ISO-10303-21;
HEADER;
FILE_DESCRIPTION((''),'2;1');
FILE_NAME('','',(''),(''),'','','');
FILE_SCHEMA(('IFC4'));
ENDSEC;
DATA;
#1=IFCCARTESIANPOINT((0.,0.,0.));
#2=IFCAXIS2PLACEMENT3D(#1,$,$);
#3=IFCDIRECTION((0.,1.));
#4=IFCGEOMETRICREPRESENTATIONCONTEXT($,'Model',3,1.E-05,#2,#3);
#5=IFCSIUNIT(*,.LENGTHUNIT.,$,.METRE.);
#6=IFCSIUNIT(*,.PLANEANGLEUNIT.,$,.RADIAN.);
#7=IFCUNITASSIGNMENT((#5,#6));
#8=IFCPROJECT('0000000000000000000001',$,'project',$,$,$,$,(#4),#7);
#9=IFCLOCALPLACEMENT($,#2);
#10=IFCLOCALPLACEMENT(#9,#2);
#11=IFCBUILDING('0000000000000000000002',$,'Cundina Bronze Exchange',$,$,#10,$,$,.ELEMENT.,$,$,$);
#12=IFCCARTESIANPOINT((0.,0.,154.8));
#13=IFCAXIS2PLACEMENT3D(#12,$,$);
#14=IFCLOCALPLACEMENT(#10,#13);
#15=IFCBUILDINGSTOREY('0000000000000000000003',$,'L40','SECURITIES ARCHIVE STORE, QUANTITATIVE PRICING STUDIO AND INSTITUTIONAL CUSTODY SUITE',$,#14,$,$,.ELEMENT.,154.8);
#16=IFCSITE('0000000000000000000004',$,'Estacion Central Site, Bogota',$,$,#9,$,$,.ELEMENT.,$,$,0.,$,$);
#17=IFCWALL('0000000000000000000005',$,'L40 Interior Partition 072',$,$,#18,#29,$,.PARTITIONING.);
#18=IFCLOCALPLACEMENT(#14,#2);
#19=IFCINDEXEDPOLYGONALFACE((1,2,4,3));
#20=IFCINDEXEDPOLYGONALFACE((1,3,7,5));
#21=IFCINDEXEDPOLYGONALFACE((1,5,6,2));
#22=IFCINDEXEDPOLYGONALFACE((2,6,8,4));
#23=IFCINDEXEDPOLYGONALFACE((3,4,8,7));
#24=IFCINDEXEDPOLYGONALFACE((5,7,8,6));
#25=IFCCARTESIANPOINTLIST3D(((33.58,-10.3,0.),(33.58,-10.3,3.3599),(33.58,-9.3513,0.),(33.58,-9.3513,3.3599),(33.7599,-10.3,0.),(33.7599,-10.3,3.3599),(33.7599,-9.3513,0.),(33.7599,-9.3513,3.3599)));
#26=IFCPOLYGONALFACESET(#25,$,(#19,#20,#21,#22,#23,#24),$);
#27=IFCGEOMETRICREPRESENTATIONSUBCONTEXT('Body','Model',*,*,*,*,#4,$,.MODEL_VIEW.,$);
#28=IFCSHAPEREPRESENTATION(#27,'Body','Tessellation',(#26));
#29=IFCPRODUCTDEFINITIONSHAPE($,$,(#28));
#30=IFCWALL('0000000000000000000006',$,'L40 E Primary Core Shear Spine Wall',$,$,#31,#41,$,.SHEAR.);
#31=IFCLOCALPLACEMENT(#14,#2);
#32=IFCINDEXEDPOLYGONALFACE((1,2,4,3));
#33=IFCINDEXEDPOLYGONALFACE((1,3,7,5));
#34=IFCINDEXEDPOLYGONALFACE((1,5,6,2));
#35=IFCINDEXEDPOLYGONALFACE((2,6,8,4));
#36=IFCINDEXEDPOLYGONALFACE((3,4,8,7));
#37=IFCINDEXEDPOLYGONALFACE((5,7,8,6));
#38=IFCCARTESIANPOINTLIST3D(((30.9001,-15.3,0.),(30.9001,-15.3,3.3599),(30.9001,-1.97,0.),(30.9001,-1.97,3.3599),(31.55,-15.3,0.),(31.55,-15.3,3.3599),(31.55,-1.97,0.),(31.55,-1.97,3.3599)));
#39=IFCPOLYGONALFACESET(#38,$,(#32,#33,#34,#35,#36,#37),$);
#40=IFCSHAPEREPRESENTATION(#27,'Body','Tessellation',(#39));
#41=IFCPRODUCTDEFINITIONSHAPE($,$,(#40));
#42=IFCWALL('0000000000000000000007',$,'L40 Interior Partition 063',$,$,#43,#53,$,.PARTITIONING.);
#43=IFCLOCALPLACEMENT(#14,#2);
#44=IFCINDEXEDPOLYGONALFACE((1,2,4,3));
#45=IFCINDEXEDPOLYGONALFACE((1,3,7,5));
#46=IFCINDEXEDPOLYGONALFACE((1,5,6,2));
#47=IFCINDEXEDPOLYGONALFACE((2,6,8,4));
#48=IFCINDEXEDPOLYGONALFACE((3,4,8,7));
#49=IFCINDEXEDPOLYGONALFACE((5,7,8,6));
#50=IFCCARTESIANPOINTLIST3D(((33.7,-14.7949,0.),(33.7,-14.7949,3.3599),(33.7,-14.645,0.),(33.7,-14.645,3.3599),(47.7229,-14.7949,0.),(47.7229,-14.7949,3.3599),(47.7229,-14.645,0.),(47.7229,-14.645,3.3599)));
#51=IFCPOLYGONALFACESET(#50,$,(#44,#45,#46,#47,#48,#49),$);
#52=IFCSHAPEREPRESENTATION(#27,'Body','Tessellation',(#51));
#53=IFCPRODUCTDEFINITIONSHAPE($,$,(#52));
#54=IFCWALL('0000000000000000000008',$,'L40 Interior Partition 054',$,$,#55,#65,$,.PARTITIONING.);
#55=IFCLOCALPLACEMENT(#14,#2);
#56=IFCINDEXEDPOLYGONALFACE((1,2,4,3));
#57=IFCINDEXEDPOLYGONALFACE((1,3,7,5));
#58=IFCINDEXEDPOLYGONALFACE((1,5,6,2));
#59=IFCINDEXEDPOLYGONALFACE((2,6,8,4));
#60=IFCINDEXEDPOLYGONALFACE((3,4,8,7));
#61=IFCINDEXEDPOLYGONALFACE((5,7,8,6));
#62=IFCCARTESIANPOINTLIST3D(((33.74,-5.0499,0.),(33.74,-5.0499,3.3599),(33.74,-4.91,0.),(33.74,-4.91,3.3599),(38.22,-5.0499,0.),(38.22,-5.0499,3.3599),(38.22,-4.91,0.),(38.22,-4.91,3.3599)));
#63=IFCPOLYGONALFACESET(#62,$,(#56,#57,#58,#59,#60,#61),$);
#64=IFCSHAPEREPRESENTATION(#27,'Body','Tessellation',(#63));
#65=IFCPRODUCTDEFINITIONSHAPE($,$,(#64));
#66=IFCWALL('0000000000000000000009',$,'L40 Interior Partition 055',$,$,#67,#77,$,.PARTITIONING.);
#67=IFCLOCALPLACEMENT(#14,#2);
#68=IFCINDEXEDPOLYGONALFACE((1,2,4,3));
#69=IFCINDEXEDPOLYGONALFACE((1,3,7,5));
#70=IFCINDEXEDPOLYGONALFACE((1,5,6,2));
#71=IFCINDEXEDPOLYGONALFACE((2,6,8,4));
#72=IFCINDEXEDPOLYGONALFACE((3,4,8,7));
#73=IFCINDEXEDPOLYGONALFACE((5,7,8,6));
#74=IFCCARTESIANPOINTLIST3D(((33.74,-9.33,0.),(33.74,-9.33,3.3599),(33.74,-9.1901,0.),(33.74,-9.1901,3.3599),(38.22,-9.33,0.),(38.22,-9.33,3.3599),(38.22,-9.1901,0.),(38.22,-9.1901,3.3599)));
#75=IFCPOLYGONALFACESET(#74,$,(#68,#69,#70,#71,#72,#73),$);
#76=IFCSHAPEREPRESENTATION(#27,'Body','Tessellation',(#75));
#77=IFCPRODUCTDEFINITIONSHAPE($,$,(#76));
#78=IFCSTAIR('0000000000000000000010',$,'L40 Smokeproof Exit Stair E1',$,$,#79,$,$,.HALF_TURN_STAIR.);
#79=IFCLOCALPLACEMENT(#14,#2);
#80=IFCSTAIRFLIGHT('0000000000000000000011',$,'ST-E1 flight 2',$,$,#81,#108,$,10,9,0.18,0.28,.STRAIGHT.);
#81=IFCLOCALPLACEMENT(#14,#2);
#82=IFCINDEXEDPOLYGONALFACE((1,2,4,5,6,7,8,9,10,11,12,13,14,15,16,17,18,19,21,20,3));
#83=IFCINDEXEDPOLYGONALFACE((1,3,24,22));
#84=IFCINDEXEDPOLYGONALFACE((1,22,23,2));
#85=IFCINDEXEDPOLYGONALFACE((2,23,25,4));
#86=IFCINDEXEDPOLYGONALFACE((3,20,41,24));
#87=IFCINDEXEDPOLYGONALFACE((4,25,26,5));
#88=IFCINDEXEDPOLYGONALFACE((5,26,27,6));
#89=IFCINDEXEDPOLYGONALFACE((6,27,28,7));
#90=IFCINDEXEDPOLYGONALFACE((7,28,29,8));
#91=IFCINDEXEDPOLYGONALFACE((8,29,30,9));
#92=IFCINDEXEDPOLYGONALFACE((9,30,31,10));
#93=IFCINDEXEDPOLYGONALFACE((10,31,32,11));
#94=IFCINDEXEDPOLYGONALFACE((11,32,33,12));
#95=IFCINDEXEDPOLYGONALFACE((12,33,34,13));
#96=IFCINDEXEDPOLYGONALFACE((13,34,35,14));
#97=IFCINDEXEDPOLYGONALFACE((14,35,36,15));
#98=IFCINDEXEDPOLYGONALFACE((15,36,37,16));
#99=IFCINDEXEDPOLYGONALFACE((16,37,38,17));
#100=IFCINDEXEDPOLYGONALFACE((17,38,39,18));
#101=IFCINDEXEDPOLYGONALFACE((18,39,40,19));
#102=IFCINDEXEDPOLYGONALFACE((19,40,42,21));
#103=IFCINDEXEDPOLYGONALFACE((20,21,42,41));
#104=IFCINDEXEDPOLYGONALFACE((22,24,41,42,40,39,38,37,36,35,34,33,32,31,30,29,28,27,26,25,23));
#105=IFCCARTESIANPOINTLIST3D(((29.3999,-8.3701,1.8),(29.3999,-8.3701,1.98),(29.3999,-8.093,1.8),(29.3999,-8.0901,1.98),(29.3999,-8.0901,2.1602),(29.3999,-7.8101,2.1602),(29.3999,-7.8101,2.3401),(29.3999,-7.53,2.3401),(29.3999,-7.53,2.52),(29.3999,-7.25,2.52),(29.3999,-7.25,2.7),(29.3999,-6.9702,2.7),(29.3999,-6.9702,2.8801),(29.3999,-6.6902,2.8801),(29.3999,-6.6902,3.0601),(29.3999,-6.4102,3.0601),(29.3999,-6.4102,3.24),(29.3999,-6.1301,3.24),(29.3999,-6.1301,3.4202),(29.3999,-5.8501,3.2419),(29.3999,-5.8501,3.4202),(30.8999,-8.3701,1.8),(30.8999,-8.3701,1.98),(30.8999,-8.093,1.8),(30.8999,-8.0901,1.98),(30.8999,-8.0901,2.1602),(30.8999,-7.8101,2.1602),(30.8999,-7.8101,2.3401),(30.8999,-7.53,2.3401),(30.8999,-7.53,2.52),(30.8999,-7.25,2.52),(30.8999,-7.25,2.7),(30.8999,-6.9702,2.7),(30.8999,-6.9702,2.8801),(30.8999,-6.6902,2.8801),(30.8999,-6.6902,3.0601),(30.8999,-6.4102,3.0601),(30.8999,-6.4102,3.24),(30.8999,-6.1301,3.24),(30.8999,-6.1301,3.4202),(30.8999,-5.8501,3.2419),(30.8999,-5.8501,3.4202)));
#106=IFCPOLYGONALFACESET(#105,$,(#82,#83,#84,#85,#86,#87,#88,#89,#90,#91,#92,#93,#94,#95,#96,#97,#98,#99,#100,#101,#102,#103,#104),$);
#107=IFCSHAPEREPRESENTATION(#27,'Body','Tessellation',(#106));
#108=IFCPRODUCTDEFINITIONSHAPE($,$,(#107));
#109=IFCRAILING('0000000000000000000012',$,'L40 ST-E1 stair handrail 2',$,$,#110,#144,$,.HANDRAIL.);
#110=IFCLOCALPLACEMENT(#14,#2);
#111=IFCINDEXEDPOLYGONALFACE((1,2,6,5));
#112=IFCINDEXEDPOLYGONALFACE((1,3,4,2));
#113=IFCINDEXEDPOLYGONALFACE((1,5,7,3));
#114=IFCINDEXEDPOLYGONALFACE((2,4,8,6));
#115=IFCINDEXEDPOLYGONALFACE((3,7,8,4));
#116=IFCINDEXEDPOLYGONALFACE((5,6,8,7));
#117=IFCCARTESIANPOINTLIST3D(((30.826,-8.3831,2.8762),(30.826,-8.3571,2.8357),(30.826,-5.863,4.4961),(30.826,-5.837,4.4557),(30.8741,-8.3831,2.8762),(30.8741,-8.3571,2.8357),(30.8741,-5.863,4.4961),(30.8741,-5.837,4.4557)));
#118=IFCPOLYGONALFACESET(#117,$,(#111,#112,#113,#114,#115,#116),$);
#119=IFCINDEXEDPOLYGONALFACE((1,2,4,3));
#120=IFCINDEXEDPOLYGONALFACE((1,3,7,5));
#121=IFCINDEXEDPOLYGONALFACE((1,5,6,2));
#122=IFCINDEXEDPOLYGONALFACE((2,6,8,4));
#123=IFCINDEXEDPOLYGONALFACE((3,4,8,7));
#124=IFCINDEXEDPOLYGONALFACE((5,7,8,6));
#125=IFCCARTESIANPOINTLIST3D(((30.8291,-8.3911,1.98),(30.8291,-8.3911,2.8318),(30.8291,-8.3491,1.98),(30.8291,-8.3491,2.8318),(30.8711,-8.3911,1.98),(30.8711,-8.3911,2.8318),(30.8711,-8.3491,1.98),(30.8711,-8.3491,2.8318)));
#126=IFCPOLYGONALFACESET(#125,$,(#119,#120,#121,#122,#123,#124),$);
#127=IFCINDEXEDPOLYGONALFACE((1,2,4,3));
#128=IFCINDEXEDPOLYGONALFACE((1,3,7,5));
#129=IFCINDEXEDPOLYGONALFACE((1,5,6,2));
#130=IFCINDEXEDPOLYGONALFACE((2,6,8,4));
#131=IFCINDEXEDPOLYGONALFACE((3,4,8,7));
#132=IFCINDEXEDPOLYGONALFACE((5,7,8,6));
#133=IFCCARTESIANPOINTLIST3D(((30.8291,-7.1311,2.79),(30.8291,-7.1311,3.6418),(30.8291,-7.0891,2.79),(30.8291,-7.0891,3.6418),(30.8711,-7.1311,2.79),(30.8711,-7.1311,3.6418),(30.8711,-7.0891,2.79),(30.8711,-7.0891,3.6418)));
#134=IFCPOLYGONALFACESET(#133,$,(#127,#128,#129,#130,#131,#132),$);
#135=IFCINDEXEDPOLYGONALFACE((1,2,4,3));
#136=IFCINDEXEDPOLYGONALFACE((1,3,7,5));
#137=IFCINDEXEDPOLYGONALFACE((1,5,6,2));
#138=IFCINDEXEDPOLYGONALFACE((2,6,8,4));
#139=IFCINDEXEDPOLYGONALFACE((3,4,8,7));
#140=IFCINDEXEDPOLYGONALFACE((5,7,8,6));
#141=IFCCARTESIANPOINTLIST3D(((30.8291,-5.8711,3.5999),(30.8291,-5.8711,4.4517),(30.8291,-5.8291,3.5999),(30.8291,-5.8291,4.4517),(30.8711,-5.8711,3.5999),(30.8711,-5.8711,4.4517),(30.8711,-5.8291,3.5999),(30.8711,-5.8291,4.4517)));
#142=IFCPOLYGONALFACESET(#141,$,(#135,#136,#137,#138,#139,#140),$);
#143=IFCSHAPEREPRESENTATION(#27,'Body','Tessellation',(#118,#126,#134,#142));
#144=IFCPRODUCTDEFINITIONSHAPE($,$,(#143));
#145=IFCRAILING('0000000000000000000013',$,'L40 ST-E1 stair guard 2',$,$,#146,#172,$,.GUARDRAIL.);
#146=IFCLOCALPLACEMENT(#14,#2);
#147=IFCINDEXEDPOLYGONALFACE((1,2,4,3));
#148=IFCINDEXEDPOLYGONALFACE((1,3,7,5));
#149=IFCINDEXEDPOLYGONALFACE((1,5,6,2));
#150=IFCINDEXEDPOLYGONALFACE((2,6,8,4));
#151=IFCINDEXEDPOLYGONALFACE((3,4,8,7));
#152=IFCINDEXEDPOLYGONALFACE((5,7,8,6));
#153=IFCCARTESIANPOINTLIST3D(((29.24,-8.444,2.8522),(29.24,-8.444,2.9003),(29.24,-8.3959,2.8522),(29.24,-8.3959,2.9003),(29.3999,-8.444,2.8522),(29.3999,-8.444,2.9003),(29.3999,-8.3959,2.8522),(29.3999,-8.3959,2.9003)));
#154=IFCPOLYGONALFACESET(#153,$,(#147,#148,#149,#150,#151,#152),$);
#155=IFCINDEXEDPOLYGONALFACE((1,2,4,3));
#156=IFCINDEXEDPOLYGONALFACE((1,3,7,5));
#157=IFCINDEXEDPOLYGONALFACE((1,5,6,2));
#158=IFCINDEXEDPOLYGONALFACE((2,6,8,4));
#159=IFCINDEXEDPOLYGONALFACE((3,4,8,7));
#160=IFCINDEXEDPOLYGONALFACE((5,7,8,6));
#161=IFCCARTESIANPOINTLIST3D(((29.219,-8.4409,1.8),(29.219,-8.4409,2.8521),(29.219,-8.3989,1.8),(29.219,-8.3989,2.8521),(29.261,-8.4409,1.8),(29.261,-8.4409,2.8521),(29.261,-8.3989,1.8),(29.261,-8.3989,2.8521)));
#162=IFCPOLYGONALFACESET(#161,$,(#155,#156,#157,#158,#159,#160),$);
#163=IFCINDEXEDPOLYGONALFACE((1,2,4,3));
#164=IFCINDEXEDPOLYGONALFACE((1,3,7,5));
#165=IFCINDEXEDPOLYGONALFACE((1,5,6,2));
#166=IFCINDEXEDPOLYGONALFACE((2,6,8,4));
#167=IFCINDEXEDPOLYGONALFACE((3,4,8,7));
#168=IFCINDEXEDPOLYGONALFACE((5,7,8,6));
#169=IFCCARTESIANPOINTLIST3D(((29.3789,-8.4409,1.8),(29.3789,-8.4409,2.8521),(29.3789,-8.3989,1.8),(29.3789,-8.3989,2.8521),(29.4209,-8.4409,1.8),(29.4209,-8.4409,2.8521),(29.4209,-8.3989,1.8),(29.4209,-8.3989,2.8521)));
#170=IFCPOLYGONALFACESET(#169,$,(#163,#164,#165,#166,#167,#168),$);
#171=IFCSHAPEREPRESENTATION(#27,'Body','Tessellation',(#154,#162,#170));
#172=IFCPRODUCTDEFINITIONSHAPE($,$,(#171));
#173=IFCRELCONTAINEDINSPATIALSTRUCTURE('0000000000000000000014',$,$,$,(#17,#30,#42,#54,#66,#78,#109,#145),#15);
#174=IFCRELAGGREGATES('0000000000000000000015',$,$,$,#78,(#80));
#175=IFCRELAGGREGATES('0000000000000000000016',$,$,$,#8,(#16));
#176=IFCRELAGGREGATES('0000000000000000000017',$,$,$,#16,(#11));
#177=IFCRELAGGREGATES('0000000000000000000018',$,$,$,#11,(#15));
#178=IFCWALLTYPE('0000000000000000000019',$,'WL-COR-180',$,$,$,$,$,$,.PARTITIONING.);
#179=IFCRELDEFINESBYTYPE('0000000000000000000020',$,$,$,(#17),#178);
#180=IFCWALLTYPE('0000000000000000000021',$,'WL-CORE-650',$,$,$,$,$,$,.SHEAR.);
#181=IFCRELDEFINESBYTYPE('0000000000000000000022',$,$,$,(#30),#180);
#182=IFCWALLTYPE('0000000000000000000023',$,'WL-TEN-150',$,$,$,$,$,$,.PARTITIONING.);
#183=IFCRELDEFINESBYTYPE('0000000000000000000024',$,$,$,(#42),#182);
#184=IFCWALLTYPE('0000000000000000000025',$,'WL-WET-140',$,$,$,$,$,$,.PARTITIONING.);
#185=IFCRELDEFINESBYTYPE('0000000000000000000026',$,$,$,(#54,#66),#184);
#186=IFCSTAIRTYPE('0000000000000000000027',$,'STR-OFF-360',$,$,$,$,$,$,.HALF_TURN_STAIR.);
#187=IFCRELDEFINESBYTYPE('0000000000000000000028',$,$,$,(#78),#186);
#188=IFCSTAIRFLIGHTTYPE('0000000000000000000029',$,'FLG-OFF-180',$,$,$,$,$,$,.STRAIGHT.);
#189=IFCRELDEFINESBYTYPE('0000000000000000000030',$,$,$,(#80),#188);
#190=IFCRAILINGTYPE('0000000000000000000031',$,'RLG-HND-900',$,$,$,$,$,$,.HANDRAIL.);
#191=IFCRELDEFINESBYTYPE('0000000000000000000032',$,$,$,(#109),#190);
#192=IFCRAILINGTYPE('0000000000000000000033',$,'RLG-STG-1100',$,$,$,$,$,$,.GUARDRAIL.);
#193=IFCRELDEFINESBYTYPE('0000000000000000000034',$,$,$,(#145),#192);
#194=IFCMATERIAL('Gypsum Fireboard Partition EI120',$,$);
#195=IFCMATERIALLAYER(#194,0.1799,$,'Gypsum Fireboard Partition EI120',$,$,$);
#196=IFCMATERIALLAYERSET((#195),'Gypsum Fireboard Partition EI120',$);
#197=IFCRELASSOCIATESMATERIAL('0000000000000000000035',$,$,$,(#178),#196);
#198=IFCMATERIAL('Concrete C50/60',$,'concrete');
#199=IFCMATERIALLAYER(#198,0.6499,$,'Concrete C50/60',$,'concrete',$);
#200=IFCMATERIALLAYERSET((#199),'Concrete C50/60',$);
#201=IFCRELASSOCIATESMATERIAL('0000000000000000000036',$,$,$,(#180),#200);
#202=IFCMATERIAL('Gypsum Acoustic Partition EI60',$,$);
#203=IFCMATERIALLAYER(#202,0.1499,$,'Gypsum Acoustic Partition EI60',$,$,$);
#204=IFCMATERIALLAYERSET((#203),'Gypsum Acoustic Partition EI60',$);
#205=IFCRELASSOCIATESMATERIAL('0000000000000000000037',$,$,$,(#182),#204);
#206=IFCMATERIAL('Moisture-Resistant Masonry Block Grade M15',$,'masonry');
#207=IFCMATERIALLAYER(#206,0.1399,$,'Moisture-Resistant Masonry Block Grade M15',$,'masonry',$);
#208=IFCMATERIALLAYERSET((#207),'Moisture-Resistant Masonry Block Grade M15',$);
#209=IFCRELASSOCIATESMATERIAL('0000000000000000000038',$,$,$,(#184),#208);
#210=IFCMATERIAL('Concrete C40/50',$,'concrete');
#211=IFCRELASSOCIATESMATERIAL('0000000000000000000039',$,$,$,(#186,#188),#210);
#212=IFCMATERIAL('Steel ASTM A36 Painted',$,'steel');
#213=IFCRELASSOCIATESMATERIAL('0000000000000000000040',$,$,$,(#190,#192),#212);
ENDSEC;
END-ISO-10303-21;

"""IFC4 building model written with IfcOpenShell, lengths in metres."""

from ifc_helpers import new_model, si_unit, direction, frame, frame_2d, origin, origin_2d, place, context, subcontext, project, spatial, polyline, rectangle, outline, extrude, material, layer, layer_set, type_object, element, aggregate, save


model = new_model("IFC4")

# Units and contexts
model_context = context("Model", 3, precision=1e-05, world=origin(), true_north=direction((0.0, 1.0)))
body_context = subcontext(model_context, "Body", "Model", "MODEL_VIEW")
ifc_project = project(units=[si_unit("LENGTHUNIT", "METRE"), si_unit("PLANEANGLEUNIT", "RADIAN")], contexts=[model_context])

# Site, building, storey
site_placement = place(None, origin())
site = spatial("IfcSite", under=ifc_project, at=site_placement, Name="Estacion Central Site, Bogota", CompositionType="ELEMENT", RefElevation=0.0)
building_placement = place(site_placement, origin())
building = spatial("IfcBuilding", under=site, at=building_placement, Name="Cundina Bronze Exchange", CompositionType="ELEMENT")
storey_placement = place(building_placement, frame((0.0, 0.0, 154.8)))
storey = spatial("IfcBuildingStorey", under=building, at=storey_placement, Name="L40", Description="SECURITIES ARCHIVE STORE, QUANTITATIVE PRICING STUDIO AND INSTITUTIONAL CUSTODY SUITE", CompositionType="ELEMENT", Elevation=154.8)

# Shared definitions
ifc_material_1 = material(Name="Concrete C50/60", Category="concrete")

# Shared definitions
ifc_material_2 = material(Name="Gypsum Fireboard Partition EI120")
ifc_layer_1 = layer(ifc_material_2, 0.1799, Name="Gypsum Fireboard Partition EI120")
ifc_layer_set_1 = layer_set([ifc_layer_1], Name="Gypsum Fireboard Partition EI120")
wall_type_1 = type_object("IfcWallType", Name="WL-COR-180", PredefinedType="PARTITIONING", material=ifc_layer_set_1)

# Walls
wall_1_placement = place(storey_placement, frame((33.6699, -10.3, 0.0), z_axis=(0.0, 0.0, 1.0), x_axis=(0.0, 1.0, 0.0)))
element("IfcWall", 1, at=wall_1_placement, inside=storey, type_object=wall_type_1, Name="L40 Interior Partition 072", PredefinedType="PARTITIONING", context=body_context, shape_type="SweptSolid", body=[
    extrude(rectangle(XDim=0.9487, YDim=0.1799, at=frame_2d((0.4744, 0.0))), origin(), (0.0, 0.0, 1.0), 3.3599),
])
ifc_layer_2 = layer(ifc_material_1, 0.6499, Name="Concrete C50/60", Category="concrete")
ifc_layer_set_2 = layer_set([ifc_layer_2], Name="Concrete C50/60")
wall_type_2 = type_object("IfcWallType", Name="WL-CORE-650", PredefinedType="SHEAR", material=ifc_layer_set_2)
wall_2_placement = place(storey_placement, frame((31.2251, -15.3, 0.0), z_axis=(0.0, 0.0, 1.0), x_axis=(0.0, 1.0, 0.0)))
element("IfcWall", 2, at=wall_2_placement, inside=storey, type_object=wall_type_2, Name="L40 E Primary Core Shear Spine Wall", PredefinedType="SHEAR", context=body_context, shape_type="SweptSolid", body=[
    extrude(rectangle(XDim=13.3301, YDim=0.6499, at=frame_2d((6.665, 0.0))), origin(), (0.0, 0.0, 1.0), 3.3599),
])
ifc_material_3 = material(Name="Gypsum Acoustic Partition EI60")
ifc_layer_3 = layer(ifc_material_3, 0.1499, Name="Gypsum Acoustic Partition EI60")
ifc_layer_set_3 = layer_set([ifc_layer_3], Name="Gypsum Acoustic Partition EI60")
wall_type_3 = type_object("IfcWallType", Name="WL-TEN-150", PredefinedType="PARTITIONING", material=ifc_layer_set_3)
wall_3_placement = place(storey_placement, frame((33.7, -14.72, 0.0), z_axis=(0.0, 0.0, 1.0), x_axis=(1.0, 0.0, 0.0)))
element("IfcWall", 3, at=wall_3_placement, inside=storey, type_object=wall_type_3, Name="L40 Interior Partition 063", PredefinedType="PARTITIONING", context=body_context, shape_type="SweptSolid", body=[
    extrude(rectangle(XDim=14.0229, YDim=0.1499, at=frame_2d((7.0115, 0.0))), origin(), (0.0, 0.0, 1.0), 3.3599),
])
ifc_material_4 = material(Name="Moisture-Resistant Masonry Block Grade M15", Category="masonry")
ifc_layer_4 = layer(ifc_material_4, 0.1399, Name="Moisture-Resistant Masonry Block Grade M15", Category="masonry")
ifc_layer_set_4 = layer_set([ifc_layer_4], Name="Moisture-Resistant Masonry Block Grade M15")
wall_type_4 = type_object("IfcWallType", Name="WL-WET-140", PredefinedType="PARTITIONING", material=ifc_layer_set_4)
for number, where, z_axis, x_axis, name in (
    (4, (33.74, -4.98, 0.0), (0.0, 0.0, 1.0), (1.0, 0.0, 0.0), "L40 Interior Partition 054"),
    (5, (33.74, -9.26, 0.0), (0.0, 0.0, 1.0), (1.0, 0.0, 0.0), "L40 Interior Partition 055"),
):
    element("IfcWall", number, at=place(storey_placement, frame(where, z_axis=z_axis, x_axis=x_axis)), inside=storey, type_object=wall_type_4, Name=name, PredefinedType="PARTITIONING", context=body_context, shape_type="SweptSolid", body=[
        extrude(rectangle(XDim=4.48, YDim=0.1399, at=frame_2d((2.24, 0.0))), origin(), (0.0, 0.0, 1.0), 3.3599),
    ])

# Stair, stair flight
ifc_material_5 = material(Name="Concrete C40/50", Category="concrete")
stair_type = type_object("IfcStairType", Name="STR-OFF-360", PredefinedType="HALF_TURN_STAIR", material=ifc_material_5)
stair_placement = place(storey_placement, origin())
stair = element("IfcStair", 6, at=stair_placement, inside=storey, type_object=stair_type, Name="L40 Smokeproof Exit Stair E1", PredefinedType="HALF_TURN_STAIR")
stair_flight_type = type_object("IfcStairFlightType", Name="FLG-OFF-180", PredefinedType="STRAIGHT", material=ifc_material_5)
stair_flight_placement = place(storey_placement, frame((30.1499, -8.3701, 1.8), z_axis=(0.0, 0.0, 1.0), x_axis=(0.0, 1.0, 0.0)))
stair_flight = element("IfcStairFlight", 7, at=stair_flight_placement, type_object=stair_flight_type, Name="ST-E1 flight 2", NumberOfRisers=10, NumberOfTreads=9, PredefinedType="STRAIGHT", RiserHeight=0.18, TreadLength=0.28, context=body_context, shape_type="SweptSolid", body=[
    extrude(outline(polyline([(0.0, 0.0), (0.0, 0.1799), (0.28, 0.1799), (0.28, 0.3601), (0.5601, 0.3601), (0.5601, 0.54), (0.8401, 0.54), (0.8401, 0.72), (1.1201, 0.72), (1.1201, 0.8999), (1.3999, 0.8999), (1.3999, 1.0801), (1.6799, 1.0801), (1.6799, 1.26), (1.96, 1.26), (1.96, 1.4399), (2.24, 1.4399), (2.24, 1.6201), (2.52, 1.6201), (2.52, 1.8), (2.52, 1.4419), (0.2771, 0.0), (0.0, 0.0)])), frame((0.0, 0.75, 0.0), z_axis=(0.0, -1.0, 0.0), x_axis=(1.0, 0.0, 0.0)), (0.0, 0.0, 1.0), 1.5),
])
aggregate(stair, [stair_flight])

# Railings
ifc_material_6 = material(Name="Steel ASTM A36 Painted", Category="steel")
railing_type_1 = type_object("IfcRailingType", Name="RLG-HND-900", PredefinedType="HANDRAIL", material=ifc_material_6)
railing_1_placement = place(storey_placement, frame((30.8501, -8.3701, 1.98)))
element("IfcRailing", 8, at=railing_1_placement, inside=storey, type_object=railing_type_1, Name="L40 ST-E1 stair handrail 2", PredefinedType="HANDRAIL", context=body_context, shape_type="SweptSolid", body=[
    extrude(rectangle(XDim=0.0481, YDim=0.0481, at=origin_2d()), frame((0.0, 0.0, 0.876), z_axis=(0.0, 0.8412, 0.540725), x_axis=(-1.0, 0.0, 0.0)), (0.0, 0.0, 1.0), 2.9958),
    extrude(rectangle(XDim=0.042, YDim=0.042, at=origin_2d()), origin(), (0.0, 0.0, 1.0), 0.8518),
    extrude(rectangle(XDim=0.042, YDim=0.042, at=origin_2d()), frame((0.0, 1.26, 0.8101)), (0.0, 0.0, 1.0), 0.8518),
    extrude(rectangle(XDim=0.042, YDim=0.042, at=origin_2d()), frame((0.0, 2.52, 1.6199)), (0.0, 0.0, 1.0), 0.8518),
])
railing_type_2 = type_object("IfcRailingType", Name="RLG-STG-1100", PredefinedType="GUARDRAIL", material=ifc_material_6)
railing_2_placement = place(storey_placement, frame((29.24, -8.4199, 1.8)))
element("IfcRailing", 9, at=railing_2_placement, inside=storey, type_object=railing_type_2, Name="L40 ST-E1 stair guard 2", PredefinedType="GUARDRAIL", context=body_context, shape_type="SweptSolid", body=[
    extrude(rectangle(XDim=0.0481, YDim=0.0481, at=origin_2d()), frame((0.0, 0.0, 1.0762), z_axis=(1.0, 0.0, 0.0), x_axis=(0.0, 1.0, 0.0)), (0.0, 0.0, 1.0), 0.1599),
    extrude(rectangle(XDim=0.042, YDim=0.042, at=origin_2d()), origin(), (0.0, 0.0, 1.0), 1.052),
    extrude(rectangle(XDim=0.042, YDim=0.042, at=origin_2d()), frame((0.1599, 0.0, 0.0)), (0.0, 0.0, 1.0), 1.052),
])

save(model, "model.ifc")
